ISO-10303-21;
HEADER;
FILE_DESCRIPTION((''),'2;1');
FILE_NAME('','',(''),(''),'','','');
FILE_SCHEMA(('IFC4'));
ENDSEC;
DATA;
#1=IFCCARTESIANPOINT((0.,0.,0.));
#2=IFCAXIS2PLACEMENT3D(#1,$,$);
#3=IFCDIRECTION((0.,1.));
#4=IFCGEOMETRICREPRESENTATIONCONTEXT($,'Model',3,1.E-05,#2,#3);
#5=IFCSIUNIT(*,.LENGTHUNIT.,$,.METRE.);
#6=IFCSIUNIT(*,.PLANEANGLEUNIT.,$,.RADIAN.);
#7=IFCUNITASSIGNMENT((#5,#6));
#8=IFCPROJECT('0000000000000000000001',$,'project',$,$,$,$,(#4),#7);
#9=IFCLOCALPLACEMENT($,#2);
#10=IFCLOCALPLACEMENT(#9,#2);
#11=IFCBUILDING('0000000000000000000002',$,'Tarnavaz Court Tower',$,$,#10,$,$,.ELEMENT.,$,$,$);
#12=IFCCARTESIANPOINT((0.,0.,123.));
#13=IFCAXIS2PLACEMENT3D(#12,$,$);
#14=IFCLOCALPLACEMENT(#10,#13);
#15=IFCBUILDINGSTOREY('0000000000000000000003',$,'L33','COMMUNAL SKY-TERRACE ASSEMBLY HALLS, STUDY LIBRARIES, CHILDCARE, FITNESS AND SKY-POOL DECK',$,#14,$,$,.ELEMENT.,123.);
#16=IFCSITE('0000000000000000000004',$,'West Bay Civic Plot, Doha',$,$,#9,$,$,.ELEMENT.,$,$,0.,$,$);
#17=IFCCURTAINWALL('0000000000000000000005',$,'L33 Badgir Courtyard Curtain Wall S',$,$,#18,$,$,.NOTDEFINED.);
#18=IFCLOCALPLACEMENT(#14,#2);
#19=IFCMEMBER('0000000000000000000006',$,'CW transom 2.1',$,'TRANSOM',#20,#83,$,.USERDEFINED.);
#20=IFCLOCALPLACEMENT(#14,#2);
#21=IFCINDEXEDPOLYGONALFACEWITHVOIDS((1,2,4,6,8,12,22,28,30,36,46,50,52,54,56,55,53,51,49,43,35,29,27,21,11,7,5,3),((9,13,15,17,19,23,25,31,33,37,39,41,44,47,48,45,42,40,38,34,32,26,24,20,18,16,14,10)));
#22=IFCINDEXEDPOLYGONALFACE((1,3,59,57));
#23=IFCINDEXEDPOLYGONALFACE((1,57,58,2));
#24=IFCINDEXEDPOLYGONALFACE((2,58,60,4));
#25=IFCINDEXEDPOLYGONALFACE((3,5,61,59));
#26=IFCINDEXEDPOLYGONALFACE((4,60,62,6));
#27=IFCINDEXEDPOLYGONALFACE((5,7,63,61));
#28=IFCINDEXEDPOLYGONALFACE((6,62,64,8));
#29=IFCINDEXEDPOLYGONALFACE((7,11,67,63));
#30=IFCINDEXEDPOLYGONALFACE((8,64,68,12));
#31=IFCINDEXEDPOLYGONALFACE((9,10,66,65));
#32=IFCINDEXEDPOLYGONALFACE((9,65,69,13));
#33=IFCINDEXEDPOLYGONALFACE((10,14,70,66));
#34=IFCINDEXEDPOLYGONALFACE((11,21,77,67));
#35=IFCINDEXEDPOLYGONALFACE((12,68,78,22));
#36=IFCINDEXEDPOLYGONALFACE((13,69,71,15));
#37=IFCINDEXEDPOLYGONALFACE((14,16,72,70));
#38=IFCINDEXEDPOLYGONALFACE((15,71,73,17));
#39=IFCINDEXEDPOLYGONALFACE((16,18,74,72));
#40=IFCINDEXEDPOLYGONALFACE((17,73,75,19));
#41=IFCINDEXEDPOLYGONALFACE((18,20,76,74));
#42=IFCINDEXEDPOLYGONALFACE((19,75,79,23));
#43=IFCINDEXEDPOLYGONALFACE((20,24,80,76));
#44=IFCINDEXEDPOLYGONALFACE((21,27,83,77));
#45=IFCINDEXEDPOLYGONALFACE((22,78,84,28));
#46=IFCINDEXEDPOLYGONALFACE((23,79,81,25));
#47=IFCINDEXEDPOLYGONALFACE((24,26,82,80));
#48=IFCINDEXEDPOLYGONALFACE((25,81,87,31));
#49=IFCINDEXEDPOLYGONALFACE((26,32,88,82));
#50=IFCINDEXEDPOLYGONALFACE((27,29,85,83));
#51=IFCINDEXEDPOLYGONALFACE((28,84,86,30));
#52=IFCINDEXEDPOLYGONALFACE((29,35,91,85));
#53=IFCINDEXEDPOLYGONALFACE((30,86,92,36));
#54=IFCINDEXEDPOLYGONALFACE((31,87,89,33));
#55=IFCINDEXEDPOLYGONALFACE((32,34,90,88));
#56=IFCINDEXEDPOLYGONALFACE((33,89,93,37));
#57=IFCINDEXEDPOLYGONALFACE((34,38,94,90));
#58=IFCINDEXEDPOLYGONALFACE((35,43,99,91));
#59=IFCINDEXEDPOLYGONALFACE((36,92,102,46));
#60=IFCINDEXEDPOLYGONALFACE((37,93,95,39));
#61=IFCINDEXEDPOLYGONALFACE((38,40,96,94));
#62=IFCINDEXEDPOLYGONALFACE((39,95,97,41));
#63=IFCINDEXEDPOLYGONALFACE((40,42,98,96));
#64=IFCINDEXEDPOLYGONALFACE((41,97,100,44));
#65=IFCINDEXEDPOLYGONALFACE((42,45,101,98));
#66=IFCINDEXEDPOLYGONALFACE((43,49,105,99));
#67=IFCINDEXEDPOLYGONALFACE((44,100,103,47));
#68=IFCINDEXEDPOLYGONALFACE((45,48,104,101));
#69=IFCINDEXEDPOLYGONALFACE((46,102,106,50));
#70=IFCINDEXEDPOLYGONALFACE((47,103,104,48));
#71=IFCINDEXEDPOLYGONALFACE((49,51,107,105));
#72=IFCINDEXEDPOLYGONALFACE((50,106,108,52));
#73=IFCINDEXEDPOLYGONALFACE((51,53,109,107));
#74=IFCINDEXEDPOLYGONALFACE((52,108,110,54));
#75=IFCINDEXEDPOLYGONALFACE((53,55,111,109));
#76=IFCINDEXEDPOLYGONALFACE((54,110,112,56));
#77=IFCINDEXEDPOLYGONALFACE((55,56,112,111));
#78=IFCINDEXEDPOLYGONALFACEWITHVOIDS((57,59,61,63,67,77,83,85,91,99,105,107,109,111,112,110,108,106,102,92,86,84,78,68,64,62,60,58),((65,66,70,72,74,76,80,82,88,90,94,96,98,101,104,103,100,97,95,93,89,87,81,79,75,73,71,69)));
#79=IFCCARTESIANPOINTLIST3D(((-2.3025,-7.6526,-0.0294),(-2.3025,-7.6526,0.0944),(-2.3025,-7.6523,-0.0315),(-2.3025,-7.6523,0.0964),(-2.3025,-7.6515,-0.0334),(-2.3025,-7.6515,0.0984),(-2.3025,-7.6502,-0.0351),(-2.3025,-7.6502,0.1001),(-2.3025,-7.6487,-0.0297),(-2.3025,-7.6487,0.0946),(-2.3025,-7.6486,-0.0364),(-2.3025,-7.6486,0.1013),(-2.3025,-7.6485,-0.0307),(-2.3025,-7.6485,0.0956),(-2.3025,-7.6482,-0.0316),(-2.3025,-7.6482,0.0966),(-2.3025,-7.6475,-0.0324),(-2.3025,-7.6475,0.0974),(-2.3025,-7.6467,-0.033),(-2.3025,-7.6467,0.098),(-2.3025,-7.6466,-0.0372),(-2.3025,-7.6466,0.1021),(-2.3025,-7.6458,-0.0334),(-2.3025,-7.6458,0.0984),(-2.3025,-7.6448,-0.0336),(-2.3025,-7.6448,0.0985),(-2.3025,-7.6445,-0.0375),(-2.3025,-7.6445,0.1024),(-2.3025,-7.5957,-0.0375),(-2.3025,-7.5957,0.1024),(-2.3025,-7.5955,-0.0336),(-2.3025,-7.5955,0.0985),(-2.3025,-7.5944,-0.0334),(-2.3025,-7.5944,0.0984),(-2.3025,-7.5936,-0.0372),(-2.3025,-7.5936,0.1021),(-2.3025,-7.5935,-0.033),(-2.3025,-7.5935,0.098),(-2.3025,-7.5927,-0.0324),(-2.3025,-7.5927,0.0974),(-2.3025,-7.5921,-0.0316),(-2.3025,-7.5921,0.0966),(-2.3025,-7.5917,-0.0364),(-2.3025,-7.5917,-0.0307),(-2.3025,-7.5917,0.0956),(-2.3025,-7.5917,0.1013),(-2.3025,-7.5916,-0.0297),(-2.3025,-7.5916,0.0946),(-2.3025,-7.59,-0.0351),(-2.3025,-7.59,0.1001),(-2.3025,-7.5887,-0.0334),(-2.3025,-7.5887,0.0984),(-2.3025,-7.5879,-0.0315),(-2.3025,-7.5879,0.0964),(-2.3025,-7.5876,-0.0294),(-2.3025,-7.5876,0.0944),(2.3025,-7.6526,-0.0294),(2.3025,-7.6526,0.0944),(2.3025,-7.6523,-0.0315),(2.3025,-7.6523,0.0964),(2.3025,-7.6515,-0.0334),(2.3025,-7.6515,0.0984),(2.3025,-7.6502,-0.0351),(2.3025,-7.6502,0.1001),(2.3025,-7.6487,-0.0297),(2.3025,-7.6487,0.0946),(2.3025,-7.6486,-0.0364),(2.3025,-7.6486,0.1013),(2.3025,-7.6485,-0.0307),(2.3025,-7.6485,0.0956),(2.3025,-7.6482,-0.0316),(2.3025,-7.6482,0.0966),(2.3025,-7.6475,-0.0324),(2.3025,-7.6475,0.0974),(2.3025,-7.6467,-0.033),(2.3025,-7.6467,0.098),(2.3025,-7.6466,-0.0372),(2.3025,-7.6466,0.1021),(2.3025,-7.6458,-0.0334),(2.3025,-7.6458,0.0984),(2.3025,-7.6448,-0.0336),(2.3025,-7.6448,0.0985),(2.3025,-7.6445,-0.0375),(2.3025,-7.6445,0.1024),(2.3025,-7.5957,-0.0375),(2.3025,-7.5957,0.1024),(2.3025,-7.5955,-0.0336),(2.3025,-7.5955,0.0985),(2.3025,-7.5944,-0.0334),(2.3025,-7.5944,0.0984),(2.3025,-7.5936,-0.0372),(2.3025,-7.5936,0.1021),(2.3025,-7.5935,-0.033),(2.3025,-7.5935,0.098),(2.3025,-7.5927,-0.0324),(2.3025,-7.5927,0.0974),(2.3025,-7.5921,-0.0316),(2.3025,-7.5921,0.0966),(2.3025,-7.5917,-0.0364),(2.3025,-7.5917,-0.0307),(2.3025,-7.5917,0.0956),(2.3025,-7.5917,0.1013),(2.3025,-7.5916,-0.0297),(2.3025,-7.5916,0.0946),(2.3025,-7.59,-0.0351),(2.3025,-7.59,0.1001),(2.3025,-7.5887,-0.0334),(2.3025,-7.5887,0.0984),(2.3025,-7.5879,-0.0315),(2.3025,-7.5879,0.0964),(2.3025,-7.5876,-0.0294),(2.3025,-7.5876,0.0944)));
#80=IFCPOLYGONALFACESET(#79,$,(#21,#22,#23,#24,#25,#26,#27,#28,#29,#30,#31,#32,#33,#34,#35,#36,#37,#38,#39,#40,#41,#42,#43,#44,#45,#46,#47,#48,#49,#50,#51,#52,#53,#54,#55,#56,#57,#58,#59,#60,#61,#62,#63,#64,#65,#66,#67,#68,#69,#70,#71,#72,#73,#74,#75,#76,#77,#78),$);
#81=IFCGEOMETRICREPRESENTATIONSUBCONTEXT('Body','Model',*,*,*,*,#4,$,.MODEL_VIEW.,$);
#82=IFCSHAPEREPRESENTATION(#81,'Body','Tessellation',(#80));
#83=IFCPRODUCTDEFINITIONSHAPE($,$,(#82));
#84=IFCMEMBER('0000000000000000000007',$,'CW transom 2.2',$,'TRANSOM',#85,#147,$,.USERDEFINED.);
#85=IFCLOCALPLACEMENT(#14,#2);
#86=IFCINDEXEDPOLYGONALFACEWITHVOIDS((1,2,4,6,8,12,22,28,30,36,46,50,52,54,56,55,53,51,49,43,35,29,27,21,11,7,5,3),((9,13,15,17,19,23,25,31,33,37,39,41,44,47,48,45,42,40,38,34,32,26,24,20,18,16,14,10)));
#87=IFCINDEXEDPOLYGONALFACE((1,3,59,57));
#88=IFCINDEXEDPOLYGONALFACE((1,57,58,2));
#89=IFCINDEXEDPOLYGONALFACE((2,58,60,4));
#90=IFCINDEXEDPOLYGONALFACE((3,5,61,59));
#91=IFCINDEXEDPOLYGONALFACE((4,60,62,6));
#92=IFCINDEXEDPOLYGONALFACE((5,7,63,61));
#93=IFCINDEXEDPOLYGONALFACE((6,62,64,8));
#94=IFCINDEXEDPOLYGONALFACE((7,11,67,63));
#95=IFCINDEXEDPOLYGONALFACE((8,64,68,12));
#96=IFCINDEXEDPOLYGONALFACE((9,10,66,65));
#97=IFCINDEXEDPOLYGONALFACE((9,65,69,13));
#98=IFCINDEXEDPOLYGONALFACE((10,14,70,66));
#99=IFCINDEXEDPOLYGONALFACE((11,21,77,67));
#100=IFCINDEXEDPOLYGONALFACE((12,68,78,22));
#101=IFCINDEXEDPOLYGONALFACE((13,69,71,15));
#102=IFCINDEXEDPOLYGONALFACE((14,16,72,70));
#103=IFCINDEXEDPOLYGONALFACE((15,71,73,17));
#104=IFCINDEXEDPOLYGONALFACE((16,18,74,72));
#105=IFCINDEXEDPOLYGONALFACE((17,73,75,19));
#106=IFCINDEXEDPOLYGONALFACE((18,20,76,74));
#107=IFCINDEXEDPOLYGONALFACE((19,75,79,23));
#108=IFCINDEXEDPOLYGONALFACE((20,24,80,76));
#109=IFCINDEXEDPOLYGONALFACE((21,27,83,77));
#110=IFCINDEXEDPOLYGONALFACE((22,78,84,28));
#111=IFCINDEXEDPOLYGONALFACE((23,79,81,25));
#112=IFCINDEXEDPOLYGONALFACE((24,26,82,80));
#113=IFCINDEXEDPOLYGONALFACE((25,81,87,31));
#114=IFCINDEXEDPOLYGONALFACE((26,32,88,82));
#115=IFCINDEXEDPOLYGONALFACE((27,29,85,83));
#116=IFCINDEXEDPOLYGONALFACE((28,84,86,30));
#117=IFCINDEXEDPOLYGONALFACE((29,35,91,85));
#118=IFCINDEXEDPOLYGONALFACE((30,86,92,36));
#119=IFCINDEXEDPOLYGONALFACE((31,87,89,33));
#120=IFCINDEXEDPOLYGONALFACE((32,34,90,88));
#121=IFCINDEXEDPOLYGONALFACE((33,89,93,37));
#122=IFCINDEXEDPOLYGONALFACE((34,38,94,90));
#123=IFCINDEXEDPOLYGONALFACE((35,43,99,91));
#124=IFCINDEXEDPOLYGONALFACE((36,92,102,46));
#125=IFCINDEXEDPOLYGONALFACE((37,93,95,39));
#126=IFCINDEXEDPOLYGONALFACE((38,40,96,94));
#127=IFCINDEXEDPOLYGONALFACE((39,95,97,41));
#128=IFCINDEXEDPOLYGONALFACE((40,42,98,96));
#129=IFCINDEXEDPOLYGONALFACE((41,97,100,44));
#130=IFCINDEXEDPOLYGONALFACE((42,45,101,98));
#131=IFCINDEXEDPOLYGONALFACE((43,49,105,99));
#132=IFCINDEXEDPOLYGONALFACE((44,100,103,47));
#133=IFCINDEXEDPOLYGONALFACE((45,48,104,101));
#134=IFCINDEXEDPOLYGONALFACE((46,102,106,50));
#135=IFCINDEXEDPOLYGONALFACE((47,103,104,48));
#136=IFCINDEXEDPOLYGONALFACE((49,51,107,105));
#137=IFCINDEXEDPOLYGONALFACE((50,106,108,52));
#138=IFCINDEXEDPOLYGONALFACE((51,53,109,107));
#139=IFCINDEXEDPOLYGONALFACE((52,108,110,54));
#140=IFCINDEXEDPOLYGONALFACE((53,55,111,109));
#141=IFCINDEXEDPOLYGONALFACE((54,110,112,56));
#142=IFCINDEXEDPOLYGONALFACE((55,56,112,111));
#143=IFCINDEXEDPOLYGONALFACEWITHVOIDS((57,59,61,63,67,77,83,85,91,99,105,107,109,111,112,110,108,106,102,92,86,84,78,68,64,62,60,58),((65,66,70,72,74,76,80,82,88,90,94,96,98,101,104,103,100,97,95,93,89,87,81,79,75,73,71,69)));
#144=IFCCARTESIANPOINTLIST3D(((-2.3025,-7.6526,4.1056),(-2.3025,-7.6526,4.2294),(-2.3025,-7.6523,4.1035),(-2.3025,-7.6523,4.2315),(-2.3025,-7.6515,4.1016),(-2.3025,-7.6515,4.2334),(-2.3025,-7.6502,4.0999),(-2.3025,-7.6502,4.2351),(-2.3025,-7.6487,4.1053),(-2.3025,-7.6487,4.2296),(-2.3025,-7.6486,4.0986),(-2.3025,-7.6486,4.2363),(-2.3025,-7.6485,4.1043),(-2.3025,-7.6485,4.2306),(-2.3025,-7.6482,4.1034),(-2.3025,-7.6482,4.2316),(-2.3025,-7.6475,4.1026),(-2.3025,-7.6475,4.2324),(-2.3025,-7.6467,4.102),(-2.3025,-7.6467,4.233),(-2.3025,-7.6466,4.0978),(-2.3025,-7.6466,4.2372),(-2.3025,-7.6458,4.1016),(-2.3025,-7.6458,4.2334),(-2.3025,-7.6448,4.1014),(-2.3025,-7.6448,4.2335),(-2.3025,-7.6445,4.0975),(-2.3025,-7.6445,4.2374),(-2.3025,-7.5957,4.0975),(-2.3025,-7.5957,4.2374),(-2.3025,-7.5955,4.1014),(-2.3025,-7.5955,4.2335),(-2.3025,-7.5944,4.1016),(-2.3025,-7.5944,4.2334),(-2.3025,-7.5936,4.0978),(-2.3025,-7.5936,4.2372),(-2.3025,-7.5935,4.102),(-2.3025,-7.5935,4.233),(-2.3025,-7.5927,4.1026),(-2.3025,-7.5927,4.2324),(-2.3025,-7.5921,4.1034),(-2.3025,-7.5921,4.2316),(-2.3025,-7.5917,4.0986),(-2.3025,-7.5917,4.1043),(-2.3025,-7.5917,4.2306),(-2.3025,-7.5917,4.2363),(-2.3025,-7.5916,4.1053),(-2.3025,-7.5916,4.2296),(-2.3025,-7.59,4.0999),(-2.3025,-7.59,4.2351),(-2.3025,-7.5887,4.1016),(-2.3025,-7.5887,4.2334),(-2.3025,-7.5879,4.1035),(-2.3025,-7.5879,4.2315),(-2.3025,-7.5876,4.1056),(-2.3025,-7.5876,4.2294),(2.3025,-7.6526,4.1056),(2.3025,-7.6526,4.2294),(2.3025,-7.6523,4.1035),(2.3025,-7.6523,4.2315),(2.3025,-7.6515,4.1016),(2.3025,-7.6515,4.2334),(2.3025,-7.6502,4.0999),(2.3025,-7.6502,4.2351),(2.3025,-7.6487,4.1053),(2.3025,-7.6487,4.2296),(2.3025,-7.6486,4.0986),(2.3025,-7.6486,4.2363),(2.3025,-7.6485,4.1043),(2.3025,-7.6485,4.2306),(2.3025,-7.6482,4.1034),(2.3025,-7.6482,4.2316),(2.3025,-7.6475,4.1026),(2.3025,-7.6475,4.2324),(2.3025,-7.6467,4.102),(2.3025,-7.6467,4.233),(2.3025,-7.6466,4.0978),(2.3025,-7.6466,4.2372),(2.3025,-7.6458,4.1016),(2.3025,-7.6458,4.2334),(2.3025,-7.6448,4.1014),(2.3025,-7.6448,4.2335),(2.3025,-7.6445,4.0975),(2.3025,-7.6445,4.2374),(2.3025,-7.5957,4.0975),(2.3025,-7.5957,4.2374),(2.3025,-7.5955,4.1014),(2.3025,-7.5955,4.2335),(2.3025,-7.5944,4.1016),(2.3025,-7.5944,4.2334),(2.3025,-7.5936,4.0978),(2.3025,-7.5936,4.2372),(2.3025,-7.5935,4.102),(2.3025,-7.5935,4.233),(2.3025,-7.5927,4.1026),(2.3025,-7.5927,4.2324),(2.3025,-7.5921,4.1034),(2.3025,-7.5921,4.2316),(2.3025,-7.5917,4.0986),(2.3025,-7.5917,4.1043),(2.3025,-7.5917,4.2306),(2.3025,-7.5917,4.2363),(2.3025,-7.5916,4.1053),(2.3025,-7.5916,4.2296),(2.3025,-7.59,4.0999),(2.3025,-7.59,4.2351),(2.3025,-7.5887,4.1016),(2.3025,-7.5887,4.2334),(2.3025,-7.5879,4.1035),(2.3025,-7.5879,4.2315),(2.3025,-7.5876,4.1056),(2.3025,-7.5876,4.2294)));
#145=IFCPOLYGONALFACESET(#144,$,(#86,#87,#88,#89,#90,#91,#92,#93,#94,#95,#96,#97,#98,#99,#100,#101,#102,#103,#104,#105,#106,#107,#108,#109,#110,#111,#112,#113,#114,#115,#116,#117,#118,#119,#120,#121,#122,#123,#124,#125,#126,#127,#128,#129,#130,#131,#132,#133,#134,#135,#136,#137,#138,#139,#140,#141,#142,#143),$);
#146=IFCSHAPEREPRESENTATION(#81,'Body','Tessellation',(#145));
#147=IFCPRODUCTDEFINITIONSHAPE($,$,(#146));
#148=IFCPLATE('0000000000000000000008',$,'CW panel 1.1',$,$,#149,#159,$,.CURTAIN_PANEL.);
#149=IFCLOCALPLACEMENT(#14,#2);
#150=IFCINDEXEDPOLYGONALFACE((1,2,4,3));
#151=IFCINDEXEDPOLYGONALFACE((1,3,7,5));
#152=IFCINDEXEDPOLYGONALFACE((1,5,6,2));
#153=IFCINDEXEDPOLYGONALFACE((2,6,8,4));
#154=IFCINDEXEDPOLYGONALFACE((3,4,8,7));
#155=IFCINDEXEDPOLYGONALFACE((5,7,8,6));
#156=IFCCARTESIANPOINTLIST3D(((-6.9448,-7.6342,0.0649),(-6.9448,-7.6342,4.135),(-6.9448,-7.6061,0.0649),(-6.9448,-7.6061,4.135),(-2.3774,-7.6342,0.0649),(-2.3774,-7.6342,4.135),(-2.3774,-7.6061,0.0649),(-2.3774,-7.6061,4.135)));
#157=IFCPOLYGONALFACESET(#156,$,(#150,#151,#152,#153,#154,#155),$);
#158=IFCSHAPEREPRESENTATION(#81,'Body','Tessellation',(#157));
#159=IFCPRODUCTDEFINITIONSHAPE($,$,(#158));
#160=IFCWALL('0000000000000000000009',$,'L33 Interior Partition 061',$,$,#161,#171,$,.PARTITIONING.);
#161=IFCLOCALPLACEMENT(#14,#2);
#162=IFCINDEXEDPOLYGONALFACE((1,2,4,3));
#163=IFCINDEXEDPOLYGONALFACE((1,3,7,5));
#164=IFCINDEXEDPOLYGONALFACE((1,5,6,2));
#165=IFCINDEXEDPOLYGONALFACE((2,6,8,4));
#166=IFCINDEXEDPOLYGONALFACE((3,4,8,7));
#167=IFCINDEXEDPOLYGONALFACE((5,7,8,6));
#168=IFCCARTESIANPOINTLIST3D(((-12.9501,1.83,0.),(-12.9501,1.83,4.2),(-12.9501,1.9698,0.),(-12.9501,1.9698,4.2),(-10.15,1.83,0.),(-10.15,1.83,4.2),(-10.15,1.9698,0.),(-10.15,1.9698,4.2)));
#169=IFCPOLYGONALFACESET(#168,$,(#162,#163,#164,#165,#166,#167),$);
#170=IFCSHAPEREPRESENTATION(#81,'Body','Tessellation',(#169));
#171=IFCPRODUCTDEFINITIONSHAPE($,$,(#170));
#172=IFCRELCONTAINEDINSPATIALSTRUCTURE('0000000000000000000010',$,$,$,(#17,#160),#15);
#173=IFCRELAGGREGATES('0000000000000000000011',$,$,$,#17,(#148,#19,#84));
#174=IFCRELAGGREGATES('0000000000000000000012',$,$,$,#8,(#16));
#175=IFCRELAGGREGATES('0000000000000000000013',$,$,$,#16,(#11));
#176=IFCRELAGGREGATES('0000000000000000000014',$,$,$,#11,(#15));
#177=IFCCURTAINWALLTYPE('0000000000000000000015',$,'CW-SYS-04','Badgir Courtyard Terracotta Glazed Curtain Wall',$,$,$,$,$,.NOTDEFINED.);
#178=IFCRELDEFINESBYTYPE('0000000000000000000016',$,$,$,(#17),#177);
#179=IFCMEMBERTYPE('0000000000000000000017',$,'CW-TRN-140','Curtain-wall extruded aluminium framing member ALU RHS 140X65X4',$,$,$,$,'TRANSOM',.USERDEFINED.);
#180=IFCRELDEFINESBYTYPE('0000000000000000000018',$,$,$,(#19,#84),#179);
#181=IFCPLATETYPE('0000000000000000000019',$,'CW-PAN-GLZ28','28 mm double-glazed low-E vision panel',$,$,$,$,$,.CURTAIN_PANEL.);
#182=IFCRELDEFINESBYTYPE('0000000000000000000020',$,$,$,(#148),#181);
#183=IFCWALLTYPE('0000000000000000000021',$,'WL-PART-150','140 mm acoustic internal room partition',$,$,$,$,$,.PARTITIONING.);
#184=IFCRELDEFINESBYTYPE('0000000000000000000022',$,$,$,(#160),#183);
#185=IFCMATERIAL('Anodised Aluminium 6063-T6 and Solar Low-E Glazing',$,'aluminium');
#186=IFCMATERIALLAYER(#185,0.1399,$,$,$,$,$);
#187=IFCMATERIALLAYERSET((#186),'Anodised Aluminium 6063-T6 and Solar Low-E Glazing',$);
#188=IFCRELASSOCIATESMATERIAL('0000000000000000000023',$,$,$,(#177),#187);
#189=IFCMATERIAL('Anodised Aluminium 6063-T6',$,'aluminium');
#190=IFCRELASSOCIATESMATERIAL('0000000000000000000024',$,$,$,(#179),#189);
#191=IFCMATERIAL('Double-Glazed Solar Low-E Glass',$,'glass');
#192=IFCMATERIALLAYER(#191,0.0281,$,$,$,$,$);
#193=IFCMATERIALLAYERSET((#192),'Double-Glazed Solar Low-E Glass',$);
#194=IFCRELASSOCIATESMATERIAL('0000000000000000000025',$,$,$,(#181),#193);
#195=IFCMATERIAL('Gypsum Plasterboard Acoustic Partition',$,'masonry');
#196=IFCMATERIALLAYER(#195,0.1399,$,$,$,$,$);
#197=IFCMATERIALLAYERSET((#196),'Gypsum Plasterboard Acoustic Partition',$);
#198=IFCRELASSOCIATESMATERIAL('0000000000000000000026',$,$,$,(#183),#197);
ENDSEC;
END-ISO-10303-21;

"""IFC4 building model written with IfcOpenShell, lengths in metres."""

from ifc_helpers import new_model, si_unit, direction, frame, frame_2d, origin, origin_2d, place, context, subcontext, project, spatial, rectangle, hollow_rectangle, extrude, material, layer, layer_set, material_profile, profile_set, type_object, element, aggregate, save


model = new_model("IFC4")

# Units and contexts
model_context = context("Model", 3, precision=1e-05, world=origin(), true_north=direction((0.0, 1.0)))
body_context = subcontext(model_context, "Body", "Model", "MODEL_VIEW")
ifc_project = project(units=[si_unit("LENGTHUNIT", "METRE"), si_unit("PLANEANGLEUNIT", "RADIAN")], contexts=[model_context])

# Site, building, storey
site_placement = place(None, origin())
site = spatial("IfcSite", under=ifc_project, at=site_placement, Name="West Bay Civic Plot, Doha", CompositionType="ELEMENT", RefElevation=0.0)
building_placement = place(site_placement, origin())
building = spatial("IfcBuilding", under=site, at=building_placement, Name="Tarnavaz Court Tower", CompositionType="ELEMENT")
storey_placement = place(building_placement, frame((0.0, 0.0, 123.0)))
storey = spatial("IfcBuildingStorey", under=building, at=storey_placement, Name="L33", Description="COMMUNAL SKY-TERRACE ASSEMBLY HALLS, STUDY LIBRARIES, CHILDCARE, FITNESS AND SKY-POOL DECK", CompositionType="ELEMENT", Elevation=123.0)

# Curtain wall, members, plate
ifc_material_1 = material(Name="Anodised Aluminium 6063-T6 and Solar Low-E Glazing", Category="aluminium")
ifc_layer_1 = layer(ifc_material_1, 0.1399)
ifc_layer_set_1 = layer_set([ifc_layer_1], Name="Anodised Aluminium 6063-T6 and Solar Low-E Glazing")
curtain_wall_type = type_object("IfcCurtainWallType", Name="CW-SYS-04", Description="Badgir Courtyard Terracotta Glazed Curtain Wall", PredefinedType="NOTDEFINED", material=ifc_layer_set_1)
curtain_wall_placement = place(storey_placement, origin())
curtain_wall = element("IfcCurtainWall", 1, at=curtain_wall_placement, inside=storey, type_object=curtain_wall_type, Name="L33 Badgir Courtyard Curtain Wall S", PredefinedType="NOTDEFINED")
ifc_material_2 = material(Name="Anodised Aluminium 6063-T6", Category="aluminium")
ifc_material_profile_1 = material_profile(ifc_material_2, hollow_rectangle(XDim=0.0649, YDim=0.1399, WallThickness=0.0039, InnerFilletRadius=0.0039, OuterFilletRadius=0.0081, at=origin_2d()), Name="ALU RHS 140X65X4")
ifc_profile_set_1 = profile_set([ifc_material_profile_1], Name="Anodised Aluminium 6063-T6")
member_type_1 = type_object("IfcMemberType", Name="CW-TRN-140", Description="Curtain-wall extruded aluminium framing member ALU RHS 140X65X4", ElementType="TRANSOM", PredefinedType="USERDEFINED", material=ifc_profile_set_1)
member_1_placement = place(storey_placement, frame((-2.3025, -7.6201, 0.0325), z_axis=(1.0, 0.0, 0.0), x_axis=(0.0, 1.0, 0.0)))
member_1 = element("IfcMember", 2, at=member_1_placement, type_object=member_type_1, Name="CW transom 2.1", ObjectType="TRANSOM", PredefinedType="USERDEFINED", context=body_context, shape_type="SweptSolid", body=[
    extrude(hollow_rectangle(XDim=0.0649, YDim=0.1399, WallThickness=0.0039, InnerFilletRadius=0.0039, OuterFilletRadius=0.0081, at=origin_2d()), origin(), (0.0, 0.0, 1.0), 4.605),
])
member_2_placement = place(storey_placement, frame((-2.3025, -7.6201, 4.1675), z_axis=(1.0, 0.0, 0.0), x_axis=(0.0, 1.0, 0.0)))
member_2 = element("IfcMember", 3, at=member_2_placement, type_object=member_type_1, Name="CW transom 2.2", ObjectType="TRANSOM", PredefinedType="USERDEFINED", context=body_context, shape_type="SweptSolid", body=[
    extrude(hollow_rectangle(XDim=0.0649, YDim=0.1399, WallThickness=0.0039, InnerFilletRadius=0.0039, OuterFilletRadius=0.0081, at=origin_2d()), origin(), (0.0, 0.0, 1.0), 4.605),
])
ifc_material_3 = material(Name="Double-Glazed Solar Low-E Glass", Category="glass")
ifc_layer_2 = layer(ifc_material_3, 0.0281)
ifc_layer_set_2 = layer_set([ifc_layer_2], Name="Double-Glazed Solar Low-E Glass")
plate_type = type_object("IfcPlateType", Name="CW-PAN-GLZ28", Description="28 mm double-glazed low-E vision panel", PredefinedType="CURTAIN_PANEL", material=ifc_layer_set_2)
plate_placement = place(storey_placement, frame((-4.6611, -7.6201, 0.0649), z_axis=(0.0, 0.0, 1.0), x_axis=(1.0, 0.0, 0.0)))
plate = element("IfcPlate", 4, at=plate_placement, type_object=plate_type, Name="CW panel 1.1", PredefinedType="CURTAIN_PANEL", context=body_context, shape_type="SweptSolid", body=[
    extrude(rectangle(XDim=4.5674, YDim=0.0281, at=origin_2d()), origin(), (0.0, 0.0, 1.0), 4.0701),
])
aggregate(curtain_wall, [plate, member_1, member_2])

# Wall
ifc_material_4 = material(Name="Gypsum Plasterboard Acoustic Partition", Category="masonry")
ifc_layer_3 = layer(ifc_material_4, 0.1399)
ifc_layer_set_3 = layer_set([ifc_layer_3], Name="Gypsum Plasterboard Acoustic Partition")
wall_type_1 = type_object("IfcWallType", Name="WL-PART-150", Description="140 mm acoustic internal room partition", PredefinedType="PARTITIONING", material=ifc_layer_set_3)
wall_1_placement = place(storey_placement, frame((-12.95, 1.8999, 0.0), z_axis=(0.0, 0.0, 1.0), x_axis=(1.0, 0.0, 0.0)))
element("IfcWall", 5, at=wall_1_placement, inside=storey, type_object=wall_type_1, Name="L33 Interior Partition 061", PredefinedType="PARTITIONING", context=body_context, shape_type="SweptSolid", body=[
    extrude(rectangle(XDim=2.8, YDim=0.1399, at=frame_2d((1.3999, 0.0))), origin(), (0.0, 0.0, 1.0), 4.2),
])

save(model, "model.ifc")
